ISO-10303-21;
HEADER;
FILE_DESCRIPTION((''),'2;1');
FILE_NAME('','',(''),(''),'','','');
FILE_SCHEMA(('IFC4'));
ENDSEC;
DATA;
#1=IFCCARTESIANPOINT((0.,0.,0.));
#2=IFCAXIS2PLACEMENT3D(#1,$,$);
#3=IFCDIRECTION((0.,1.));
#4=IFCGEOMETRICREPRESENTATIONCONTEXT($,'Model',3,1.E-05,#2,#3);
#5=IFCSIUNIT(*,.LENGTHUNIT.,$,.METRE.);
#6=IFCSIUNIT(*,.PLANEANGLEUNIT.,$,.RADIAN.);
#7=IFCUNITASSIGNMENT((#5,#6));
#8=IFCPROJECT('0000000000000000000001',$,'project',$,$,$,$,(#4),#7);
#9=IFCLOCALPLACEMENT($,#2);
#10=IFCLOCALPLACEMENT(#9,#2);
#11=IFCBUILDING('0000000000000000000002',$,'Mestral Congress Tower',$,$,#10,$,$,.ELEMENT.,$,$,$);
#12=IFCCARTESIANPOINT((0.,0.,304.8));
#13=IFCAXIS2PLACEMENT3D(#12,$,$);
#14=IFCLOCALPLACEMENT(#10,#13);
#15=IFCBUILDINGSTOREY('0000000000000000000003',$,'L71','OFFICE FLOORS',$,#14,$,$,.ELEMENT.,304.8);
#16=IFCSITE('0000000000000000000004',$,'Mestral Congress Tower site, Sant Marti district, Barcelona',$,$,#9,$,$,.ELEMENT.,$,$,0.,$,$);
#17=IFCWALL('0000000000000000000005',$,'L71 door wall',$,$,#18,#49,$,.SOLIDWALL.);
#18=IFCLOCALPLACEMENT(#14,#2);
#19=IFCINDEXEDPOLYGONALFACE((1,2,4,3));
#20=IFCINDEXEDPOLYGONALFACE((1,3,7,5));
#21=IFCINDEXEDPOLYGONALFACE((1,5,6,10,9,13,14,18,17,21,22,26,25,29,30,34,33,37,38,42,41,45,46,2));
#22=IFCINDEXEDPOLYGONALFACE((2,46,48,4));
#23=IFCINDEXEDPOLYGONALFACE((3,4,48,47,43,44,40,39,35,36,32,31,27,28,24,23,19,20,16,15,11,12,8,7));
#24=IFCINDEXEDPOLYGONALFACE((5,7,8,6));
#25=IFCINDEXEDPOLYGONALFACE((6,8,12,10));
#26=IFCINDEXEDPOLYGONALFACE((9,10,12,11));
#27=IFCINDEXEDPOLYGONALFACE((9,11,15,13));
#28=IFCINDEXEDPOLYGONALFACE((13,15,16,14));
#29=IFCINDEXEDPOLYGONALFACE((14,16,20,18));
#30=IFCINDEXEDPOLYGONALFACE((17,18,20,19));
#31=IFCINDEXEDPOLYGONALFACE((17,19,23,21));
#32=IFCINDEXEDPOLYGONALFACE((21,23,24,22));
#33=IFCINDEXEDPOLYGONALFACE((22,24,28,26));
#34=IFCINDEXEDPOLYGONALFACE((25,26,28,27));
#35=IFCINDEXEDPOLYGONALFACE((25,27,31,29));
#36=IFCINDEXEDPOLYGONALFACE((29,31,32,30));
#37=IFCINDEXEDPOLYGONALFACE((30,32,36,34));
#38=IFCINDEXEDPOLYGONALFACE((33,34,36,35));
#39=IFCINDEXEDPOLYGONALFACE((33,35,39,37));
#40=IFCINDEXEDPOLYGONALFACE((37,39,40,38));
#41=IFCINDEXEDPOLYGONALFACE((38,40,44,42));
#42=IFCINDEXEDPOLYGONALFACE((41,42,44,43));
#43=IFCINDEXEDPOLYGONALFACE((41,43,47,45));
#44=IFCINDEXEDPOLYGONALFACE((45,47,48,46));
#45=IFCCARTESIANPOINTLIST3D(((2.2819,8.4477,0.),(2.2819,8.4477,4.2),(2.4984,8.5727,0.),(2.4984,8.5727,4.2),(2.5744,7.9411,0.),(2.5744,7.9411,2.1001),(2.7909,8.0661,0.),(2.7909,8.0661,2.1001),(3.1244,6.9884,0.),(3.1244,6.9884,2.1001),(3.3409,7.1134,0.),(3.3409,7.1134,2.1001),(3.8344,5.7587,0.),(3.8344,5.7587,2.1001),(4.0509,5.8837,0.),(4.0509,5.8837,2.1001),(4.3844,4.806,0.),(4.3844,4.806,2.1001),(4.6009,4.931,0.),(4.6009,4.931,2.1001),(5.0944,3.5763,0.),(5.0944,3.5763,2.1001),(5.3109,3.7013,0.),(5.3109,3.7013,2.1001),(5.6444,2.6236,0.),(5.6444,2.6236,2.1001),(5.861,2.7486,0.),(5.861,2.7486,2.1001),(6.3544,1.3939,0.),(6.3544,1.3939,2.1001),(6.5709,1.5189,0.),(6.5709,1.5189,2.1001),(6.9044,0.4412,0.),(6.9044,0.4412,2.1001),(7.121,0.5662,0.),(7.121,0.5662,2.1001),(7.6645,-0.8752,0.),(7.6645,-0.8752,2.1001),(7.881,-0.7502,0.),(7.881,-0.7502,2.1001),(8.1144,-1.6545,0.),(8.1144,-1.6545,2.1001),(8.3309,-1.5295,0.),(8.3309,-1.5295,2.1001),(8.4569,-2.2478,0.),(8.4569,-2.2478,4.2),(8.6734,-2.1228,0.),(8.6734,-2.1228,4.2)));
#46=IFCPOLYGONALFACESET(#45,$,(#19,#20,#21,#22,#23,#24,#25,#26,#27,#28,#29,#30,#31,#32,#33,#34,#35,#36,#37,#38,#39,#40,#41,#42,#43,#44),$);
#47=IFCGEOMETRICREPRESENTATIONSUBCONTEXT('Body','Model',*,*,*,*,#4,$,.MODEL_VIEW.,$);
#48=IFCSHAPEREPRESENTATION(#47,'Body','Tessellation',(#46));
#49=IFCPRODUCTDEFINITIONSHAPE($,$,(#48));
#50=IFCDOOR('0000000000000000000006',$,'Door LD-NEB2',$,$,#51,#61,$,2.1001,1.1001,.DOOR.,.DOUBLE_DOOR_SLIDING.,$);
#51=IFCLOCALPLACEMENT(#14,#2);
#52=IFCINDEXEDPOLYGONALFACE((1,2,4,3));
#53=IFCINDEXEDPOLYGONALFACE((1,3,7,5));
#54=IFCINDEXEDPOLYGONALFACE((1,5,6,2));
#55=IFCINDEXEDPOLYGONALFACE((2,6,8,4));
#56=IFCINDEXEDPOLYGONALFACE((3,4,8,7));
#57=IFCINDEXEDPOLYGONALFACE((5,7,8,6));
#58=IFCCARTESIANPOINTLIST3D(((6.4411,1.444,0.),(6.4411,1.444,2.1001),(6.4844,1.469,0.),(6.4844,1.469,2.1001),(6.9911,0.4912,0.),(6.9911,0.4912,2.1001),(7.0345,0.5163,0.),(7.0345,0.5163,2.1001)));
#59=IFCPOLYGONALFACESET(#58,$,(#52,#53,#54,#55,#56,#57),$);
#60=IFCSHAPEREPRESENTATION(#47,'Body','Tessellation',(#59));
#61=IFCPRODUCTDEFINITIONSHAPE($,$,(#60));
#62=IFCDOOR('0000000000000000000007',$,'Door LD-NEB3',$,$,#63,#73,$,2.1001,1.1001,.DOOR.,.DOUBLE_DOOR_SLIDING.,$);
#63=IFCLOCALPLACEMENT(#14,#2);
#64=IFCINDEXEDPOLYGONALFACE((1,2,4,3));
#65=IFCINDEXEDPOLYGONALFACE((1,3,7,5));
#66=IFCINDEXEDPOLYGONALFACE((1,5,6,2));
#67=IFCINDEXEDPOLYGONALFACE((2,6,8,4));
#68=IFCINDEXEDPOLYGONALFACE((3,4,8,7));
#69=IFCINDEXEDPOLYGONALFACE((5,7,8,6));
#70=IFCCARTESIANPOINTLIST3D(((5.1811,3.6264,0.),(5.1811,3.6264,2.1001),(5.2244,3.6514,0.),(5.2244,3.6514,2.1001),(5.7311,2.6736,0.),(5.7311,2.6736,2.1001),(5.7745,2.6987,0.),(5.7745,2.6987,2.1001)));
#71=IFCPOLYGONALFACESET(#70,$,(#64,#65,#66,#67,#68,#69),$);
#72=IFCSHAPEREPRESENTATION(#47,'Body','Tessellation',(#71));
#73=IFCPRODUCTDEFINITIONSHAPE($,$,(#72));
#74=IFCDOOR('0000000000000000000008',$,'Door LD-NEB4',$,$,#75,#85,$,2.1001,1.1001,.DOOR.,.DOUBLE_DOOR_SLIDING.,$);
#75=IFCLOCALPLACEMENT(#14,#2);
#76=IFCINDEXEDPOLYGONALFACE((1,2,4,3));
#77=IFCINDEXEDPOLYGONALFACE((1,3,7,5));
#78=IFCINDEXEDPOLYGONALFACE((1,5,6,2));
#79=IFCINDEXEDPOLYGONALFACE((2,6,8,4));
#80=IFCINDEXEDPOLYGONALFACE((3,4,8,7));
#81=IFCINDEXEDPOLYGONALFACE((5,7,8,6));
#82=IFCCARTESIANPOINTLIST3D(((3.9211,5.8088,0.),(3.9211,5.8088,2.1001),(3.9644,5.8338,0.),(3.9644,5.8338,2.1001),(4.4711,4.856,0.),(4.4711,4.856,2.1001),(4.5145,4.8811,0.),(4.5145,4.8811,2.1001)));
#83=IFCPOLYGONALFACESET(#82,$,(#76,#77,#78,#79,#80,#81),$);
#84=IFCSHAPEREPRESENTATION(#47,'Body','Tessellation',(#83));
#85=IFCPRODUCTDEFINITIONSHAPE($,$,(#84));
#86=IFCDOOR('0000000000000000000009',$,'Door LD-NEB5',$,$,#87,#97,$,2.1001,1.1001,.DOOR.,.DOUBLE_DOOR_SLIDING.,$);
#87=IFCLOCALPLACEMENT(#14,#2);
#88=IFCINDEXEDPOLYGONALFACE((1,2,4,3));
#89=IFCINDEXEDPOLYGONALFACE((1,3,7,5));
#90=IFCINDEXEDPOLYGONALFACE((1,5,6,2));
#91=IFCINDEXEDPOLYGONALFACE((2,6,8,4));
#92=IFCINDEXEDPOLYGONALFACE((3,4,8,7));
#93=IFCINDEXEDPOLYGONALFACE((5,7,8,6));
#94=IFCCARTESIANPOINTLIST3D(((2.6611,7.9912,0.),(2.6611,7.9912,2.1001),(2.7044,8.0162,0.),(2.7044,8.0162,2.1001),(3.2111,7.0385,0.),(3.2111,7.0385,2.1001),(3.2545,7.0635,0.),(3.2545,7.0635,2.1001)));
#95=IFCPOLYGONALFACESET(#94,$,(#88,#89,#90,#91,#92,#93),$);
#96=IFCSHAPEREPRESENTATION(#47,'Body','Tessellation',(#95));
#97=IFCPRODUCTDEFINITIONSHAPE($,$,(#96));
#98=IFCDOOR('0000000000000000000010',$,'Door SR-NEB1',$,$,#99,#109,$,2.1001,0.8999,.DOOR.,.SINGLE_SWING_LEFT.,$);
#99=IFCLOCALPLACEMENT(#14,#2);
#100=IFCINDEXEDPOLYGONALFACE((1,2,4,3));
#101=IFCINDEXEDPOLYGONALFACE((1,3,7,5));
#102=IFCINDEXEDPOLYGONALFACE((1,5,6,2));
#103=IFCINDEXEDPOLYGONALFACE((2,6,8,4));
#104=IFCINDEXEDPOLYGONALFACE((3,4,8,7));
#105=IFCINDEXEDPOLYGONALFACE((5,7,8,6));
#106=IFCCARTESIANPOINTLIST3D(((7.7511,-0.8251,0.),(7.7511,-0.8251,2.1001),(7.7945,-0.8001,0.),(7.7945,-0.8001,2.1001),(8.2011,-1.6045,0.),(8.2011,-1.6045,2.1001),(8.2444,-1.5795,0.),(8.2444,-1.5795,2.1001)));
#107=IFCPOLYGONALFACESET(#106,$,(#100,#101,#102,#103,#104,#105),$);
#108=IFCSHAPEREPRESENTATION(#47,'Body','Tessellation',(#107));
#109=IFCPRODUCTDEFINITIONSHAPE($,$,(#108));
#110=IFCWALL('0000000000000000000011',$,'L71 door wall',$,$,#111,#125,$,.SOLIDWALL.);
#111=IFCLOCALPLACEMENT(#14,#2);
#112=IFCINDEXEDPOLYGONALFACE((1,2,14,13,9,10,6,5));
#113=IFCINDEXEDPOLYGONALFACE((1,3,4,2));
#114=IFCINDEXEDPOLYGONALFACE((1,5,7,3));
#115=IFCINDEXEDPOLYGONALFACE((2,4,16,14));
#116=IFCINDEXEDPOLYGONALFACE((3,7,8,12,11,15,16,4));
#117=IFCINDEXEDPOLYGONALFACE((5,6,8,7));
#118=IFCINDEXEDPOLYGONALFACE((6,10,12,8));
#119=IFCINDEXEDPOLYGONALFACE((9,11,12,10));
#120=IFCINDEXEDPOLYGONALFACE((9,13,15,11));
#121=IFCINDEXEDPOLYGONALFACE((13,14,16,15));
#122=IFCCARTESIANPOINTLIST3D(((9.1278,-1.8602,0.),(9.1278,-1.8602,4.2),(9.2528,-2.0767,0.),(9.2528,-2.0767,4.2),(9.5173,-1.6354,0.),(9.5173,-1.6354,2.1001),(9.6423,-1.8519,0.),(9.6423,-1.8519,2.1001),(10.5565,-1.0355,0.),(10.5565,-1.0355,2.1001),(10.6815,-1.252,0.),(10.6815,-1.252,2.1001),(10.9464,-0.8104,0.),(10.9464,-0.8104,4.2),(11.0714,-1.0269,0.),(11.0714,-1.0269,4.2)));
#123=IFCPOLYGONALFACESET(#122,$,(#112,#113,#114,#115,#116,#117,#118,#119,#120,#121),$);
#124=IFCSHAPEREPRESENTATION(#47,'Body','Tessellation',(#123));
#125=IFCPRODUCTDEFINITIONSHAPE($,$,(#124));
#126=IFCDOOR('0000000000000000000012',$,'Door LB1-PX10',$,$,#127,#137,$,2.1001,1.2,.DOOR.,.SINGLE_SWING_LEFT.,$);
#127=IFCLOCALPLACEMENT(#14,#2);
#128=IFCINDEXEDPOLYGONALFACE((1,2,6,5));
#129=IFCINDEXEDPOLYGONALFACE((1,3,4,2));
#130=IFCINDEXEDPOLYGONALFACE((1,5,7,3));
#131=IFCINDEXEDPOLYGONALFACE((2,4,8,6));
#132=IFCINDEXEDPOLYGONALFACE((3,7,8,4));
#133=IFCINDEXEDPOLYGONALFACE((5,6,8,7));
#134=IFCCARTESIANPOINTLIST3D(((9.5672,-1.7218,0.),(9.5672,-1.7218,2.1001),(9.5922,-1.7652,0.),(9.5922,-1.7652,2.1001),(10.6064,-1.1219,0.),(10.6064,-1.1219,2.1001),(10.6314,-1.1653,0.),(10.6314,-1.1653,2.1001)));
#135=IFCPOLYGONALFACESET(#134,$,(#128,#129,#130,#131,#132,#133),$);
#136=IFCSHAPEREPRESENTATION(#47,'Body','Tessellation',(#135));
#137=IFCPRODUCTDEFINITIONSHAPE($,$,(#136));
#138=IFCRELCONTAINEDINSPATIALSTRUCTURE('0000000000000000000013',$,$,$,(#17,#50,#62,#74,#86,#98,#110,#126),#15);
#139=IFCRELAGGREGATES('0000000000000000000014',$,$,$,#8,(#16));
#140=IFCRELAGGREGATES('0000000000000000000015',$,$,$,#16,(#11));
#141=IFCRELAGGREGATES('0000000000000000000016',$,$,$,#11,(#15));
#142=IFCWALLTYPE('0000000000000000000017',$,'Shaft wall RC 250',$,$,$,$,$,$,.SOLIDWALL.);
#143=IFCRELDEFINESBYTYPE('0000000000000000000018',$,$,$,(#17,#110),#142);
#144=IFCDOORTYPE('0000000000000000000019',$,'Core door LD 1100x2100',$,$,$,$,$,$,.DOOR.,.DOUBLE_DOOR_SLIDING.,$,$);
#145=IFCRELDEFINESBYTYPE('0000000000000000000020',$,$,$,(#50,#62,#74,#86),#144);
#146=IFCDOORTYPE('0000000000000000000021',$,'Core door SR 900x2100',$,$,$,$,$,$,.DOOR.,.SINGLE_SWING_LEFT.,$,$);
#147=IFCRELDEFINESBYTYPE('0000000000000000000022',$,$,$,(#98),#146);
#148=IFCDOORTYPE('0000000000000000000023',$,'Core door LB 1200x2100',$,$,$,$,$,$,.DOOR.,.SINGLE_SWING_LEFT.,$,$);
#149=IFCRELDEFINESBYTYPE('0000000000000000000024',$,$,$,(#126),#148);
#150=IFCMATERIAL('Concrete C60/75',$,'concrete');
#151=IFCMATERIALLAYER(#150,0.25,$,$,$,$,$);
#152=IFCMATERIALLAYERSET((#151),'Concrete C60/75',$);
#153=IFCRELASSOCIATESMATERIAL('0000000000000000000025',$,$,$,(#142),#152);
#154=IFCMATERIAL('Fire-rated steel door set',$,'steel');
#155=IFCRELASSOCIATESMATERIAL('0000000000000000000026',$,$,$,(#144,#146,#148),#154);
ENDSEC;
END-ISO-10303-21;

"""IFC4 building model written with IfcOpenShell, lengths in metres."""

from ifc_helpers import new_model, si_unit, direction, frame, frame_2d, origin, place, context, subcontext, project, spatial, rectangle, extrude, material, layer, layer_set, type_object, element, fill, save


model = new_model("IFC4")

# Units and contexts
model_context = context("Model", 3, precision=1e-05, world=origin(), true_north=direction((0.0, 1.0)))
body_context = subcontext(model_context, "Body", "Model", "MODEL_VIEW")
ifc_project = project(units=[si_unit("LENGTHUNIT", "METRE"), si_unit("PLANEANGLEUNIT", "RADIAN")], contexts=[model_context])

# Site, building, storey
site_placement = place(None, origin())
site = spatial("IfcSite", under=ifc_project, at=site_placement, Name="Mestral Congress Tower site, Sant Marti district, Barcelona", CompositionType="ELEMENT", RefElevation=0.0)
building_placement = place(site_placement, origin())
building = spatial("IfcBuilding", under=site, at=building_placement, Name="Mestral Congress Tower", CompositionType="ELEMENT")
storey_placement = place(building_placement, frame((0.0, 0.0, 304.8)))
storey = spatial("IfcBuildingStorey", under=building, at=storey_placement, Name="L71", Description="OFFICE FLOORS", CompositionType="ELEMENT", Elevation=304.8)

# Shared definitions
ifc_material_1 = material(Name="Concrete C60/75", Category="concrete")

# Shared definitions
ifc_material_2 = material(Name="Fire-rated steel door set", Category="steel")

# Shared definitions
ifc_layer_1 = layer(ifc_material_1, 0.25)
ifc_layer_set_1 = layer_set([ifc_layer_1], Name="Concrete C60/75")
wall_type_1 = type_object("IfcWallType", Name="Shaft wall RC 250", PredefinedType="SOLIDWALL", material=ifc_layer_set_1)

# Wall, openings, doors
wall_1_placement = place(storey_placement, frame((8.5652, -2.1853, 0.0), z_axis=(0.0, 0.0, 1.0), x_axis=(-0.499998, 0.866027, 0.0)))
wall_1 = element("IfcWall", 1, at=wall_1_placement, inside=storey, type_object=wall_type_1, Name="L71 door wall", PredefinedType="SOLIDWALL", context=body_context, shape_type="SweptSolid", body=[
    extrude(rectangle(XDim=12.3501, YDim=0.25, at=frame_2d((6.175, 0.0))), origin(), (0.0, 0.0, 1.0), 4.2),
])
opening_1_placement = place(wall_1_placement, frame((0.6851, 0.0, 0.0)))
opening_1 = element("IfcOpeningElement", 2, at=opening_1_placement, cuts=wall_1, PredefinedType="OPENING", context=body_context, shape_type="SweptSolid", body=[
    extrude(rectangle(XDim=0.8999, YDim=2.1001, at=frame_2d((0.45, 1.05))), frame((0.0, 0.135, 0.0), z_axis=(0.0, -1.0, 0.0), x_axis=(1.0, 0.0, 0.0)), (0.0, 0.0, 1.0), 0.27),
])
opening_2_placement = place(wall_1_placement, frame((3.105, 0.0, 0.0)))
opening_2 = element("IfcOpeningElement", 3, at=opening_2_placement, cuts=wall_1, PredefinedType="OPENING", context=body_context, shape_type="SweptSolid", body=[
    extrude(rectangle(XDim=1.1001, YDim=2.1001, at=frame_2d((0.55, 1.05))), frame((0.0, 0.135, 0.0), z_axis=(0.0, -1.0, 0.0), x_axis=(1.0, 0.0, 0.0)), (0.0, 0.0, 1.0), 0.27),
])
opening_3_placement = place(wall_1_placement, frame((5.625, 0.0, 0.0)))
opening_3 = element("IfcOpeningElement", 4, at=opening_3_placement, cuts=wall_1, PredefinedType="OPENING", context=body_context, shape_type="SweptSolid", body=[
    extrude(rectangle(XDim=1.1001, YDim=2.1001, at=frame_2d((0.55, 1.05))), frame((0.0, 0.135, 0.0), z_axis=(0.0, -1.0, 0.0), x_axis=(1.0, 0.0, 0.0)), (0.0, 0.0, 1.0), 0.27),
])
opening_4_placement = place(wall_1_placement, frame((8.145, 0.0, 0.0)))
opening_4 = element("IfcOpeningElement", 5, at=opening_4_placement, cuts=wall_1, PredefinedType="OPENING", context=body_context, shape_type="SweptSolid", body=[
    extrude(rectangle(XDim=1.1001, YDim=2.1001, at=frame_2d((0.55, 1.05))), frame((0.0, 0.135, 0.0), z_axis=(0.0, -1.0, 0.0), x_axis=(1.0, 0.0, 0.0)), (0.0, 0.0, 1.0), 0.27),
])
opening_5_placement = place(wall_1_placement, frame((10.665, 0.0, 0.0)))
opening_5 = element("IfcOpeningElement", 6, at=opening_5_placement, cuts=wall_1, PredefinedType="OPENING", context=body_context, shape_type="SweptSolid", body=[
    extrude(rectangle(XDim=1.1001, YDim=2.1001, at=frame_2d((0.55, 1.05))), frame((0.0, 0.135, 0.0), z_axis=(0.0, -1.0, 0.0), x_axis=(1.0, 0.0, 0.0)), (0.0, 0.0, 1.0), 0.27),
])
door_type_1 = type_object("IfcDoorType", Name="Core door LD 1100x2100", OperationType="DOUBLE_DOOR_SLIDING", PredefinedType="DOOR", material=ifc_material_2)
door_1_placement = place(opening_2_placement, origin())
door_1 = element("IfcDoor", 7, at=door_1_placement, inside=storey, type_object=door_type_1, Name="Door LD-NEB2", OperationType="DOUBLE_DOOR_SLIDING", OverallHeight=2.1001, OverallWidth=1.1001, PredefinedType="DOOR", context=body_context, shape_type="SweptSolid", body=[
    extrude(rectangle(XDim=1.1001, YDim=2.1001, at=frame_2d((0.55, 1.05))), frame((0.0, 0.0249, 0.0), z_axis=(0.0, -1.0, 0.0), x_axis=(1.0, 0.0, 0.0)), (0.0, 0.0, 1.0), 0.05),
])
fill(opening_2, door_1)
door_2_placement = place(opening_3_placement, origin())
door_2 = element("IfcDoor", 8, at=door_2_placement, inside=storey, type_object=door_type_1, Name="Door LD-NEB3", OperationType="DOUBLE_DOOR_SLIDING", OverallHeight=2.1001, OverallWidth=1.1001, PredefinedType="DOOR", context=body_context, shape_type="SweptSolid", body=[
    extrude(rectangle(XDim=1.1001, YDim=2.1001, at=frame_2d((0.55, 1.05))), frame((0.0, 0.0249, 0.0), z_axis=(0.0, -1.0, 0.0), x_axis=(1.0, 0.0, 0.0)), (0.0, 0.0, 1.0), 0.05),
])
fill(opening_3, door_2)
door_3_placement = place(opening_4_placement, origin())
door_3 = element("IfcDoor", 9, at=door_3_placement, inside=storey, type_object=door_type_1, Name="Door LD-NEB4", OperationType="DOUBLE_DOOR_SLIDING", OverallHeight=2.1001, OverallWidth=1.1001, PredefinedType="DOOR", context=body_context, shape_type="SweptSolid", body=[
    extrude(rectangle(XDim=1.1001, YDim=2.1001, at=frame_2d((0.55, 1.05))), frame((0.0, 0.0249, 0.0), z_axis=(0.0, -1.0, 0.0), x_axis=(1.0, 0.0, 0.0)), (0.0, 0.0, 1.0), 0.05),
])
fill(opening_4, door_3)
door_4_placement = place(opening_5_placement, origin())
door_4 = element("IfcDoor", 10, at=door_4_placement, inside=storey, type_object=door_type_1, Name="Door LD-NEB5", OperationType="DOUBLE_DOOR_SLIDING", OverallHeight=2.1001, OverallWidth=1.1001, PredefinedType="DOOR", context=body_context, shape_type="SweptSolid", body=[
    extrude(rectangle(XDim=1.1001, YDim=2.1001, at=frame_2d((0.55, 1.05))), frame((0.0, 0.0249, 0.0), z_axis=(0.0, -1.0, 0.0), x_axis=(1.0, 0.0, 0.0)), (0.0, 0.0, 1.0), 0.05),
])
fill(opening_5, door_4)
door_type_2 = type_object("IfcDoorType", Name="Core door SR 900x2100", OperationType="SINGLE_SWING_LEFT", PredefinedType="DOOR", material=ifc_material_2)
door_5_placement = place(opening_1_placement, origin())
door_5 = element("IfcDoor", 11, at=door_5_placement, inside=storey, type_object=door_type_2, Name="Door SR-NEB1", OperationType="SINGLE_SWING_LEFT", OverallHeight=2.1001, OverallWidth=0.8999, PredefinedType="DOOR", context=body_context, shape_type="SweptSolid", body=[
    extrude(rectangle(XDim=0.8999, YDim=2.1001, at=frame_2d((0.45, 1.05))), frame((0.0, 0.0249, 0.0), z_axis=(0.0, -1.0, 0.0), x_axis=(1.0, 0.0, 0.0)), (0.0, 0.0, 1.0), 0.05),
])
fill(opening_1, door_5)

# Wall, opening, door
wall_2_placement = place(storey_placement, frame((11.0088, -0.9187, 0.0), z_axis=(0.0, 0.0, 1.0), x_axis=(-0.86606, -0.499941, 0.0)))
wall_2 = element("IfcWall", 12, at=wall_2_placement, inside=storey, type_object=wall_type_1, Name="L71 door wall", PredefinedType="SOLIDWALL", context=body_context, shape_type="SweptSolid", body=[
    extrude(rectangle(XDim=2.0999, YDim=0.25, at=frame_2d((1.0498, 0.0))), origin(), (0.0, 0.0, 1.0), 4.2),
])
opening_6_placement = place(wall_2_placement, frame((0.45, 0.0, 0.0)))
opening_6 = element("IfcOpeningElement", 13, at=opening_6_placement, cuts=wall_2, PredefinedType="OPENING", context=body_context, shape_type="SweptSolid", body=[
    extrude(rectangle(XDim=1.2, YDim=2.1001, at=frame_2d((0.6001, 1.05))), frame((0.0, 0.135, 0.0), z_axis=(0.0, -1.0, 0.0), x_axis=(1.0, 0.0, 0.0)), (0.0, 0.0, 1.0), 0.27),
])
door_type_3 = type_object("IfcDoorType", Name="Core door LB 1200x2100", OperationType="SINGLE_SWING_LEFT", PredefinedType="DOOR", material=ifc_material_2)
door_6_placement = place(opening_6_placement, origin())
door_6 = element("IfcDoor", 14, at=door_6_placement, inside=storey, type_object=door_type_3, Name="Door LB1-PX10", OperationType="SINGLE_SWING_LEFT", OverallHeight=2.1001, OverallWidth=1.2, PredefinedType="DOOR", context=body_context, shape_type="SweptSolid", body=[
    extrude(rectangle(XDim=1.2, YDim=2.1001, at=frame_2d((0.6001, 1.05))), frame((0.0, 0.0249, 0.0), z_axis=(0.0, -1.0, 0.0), x_axis=(1.0, 0.0, 0.0)), (0.0, 0.0, 1.0), 0.05),
])
fill(opening_6, door_6)

save(model, "model.ifc")
